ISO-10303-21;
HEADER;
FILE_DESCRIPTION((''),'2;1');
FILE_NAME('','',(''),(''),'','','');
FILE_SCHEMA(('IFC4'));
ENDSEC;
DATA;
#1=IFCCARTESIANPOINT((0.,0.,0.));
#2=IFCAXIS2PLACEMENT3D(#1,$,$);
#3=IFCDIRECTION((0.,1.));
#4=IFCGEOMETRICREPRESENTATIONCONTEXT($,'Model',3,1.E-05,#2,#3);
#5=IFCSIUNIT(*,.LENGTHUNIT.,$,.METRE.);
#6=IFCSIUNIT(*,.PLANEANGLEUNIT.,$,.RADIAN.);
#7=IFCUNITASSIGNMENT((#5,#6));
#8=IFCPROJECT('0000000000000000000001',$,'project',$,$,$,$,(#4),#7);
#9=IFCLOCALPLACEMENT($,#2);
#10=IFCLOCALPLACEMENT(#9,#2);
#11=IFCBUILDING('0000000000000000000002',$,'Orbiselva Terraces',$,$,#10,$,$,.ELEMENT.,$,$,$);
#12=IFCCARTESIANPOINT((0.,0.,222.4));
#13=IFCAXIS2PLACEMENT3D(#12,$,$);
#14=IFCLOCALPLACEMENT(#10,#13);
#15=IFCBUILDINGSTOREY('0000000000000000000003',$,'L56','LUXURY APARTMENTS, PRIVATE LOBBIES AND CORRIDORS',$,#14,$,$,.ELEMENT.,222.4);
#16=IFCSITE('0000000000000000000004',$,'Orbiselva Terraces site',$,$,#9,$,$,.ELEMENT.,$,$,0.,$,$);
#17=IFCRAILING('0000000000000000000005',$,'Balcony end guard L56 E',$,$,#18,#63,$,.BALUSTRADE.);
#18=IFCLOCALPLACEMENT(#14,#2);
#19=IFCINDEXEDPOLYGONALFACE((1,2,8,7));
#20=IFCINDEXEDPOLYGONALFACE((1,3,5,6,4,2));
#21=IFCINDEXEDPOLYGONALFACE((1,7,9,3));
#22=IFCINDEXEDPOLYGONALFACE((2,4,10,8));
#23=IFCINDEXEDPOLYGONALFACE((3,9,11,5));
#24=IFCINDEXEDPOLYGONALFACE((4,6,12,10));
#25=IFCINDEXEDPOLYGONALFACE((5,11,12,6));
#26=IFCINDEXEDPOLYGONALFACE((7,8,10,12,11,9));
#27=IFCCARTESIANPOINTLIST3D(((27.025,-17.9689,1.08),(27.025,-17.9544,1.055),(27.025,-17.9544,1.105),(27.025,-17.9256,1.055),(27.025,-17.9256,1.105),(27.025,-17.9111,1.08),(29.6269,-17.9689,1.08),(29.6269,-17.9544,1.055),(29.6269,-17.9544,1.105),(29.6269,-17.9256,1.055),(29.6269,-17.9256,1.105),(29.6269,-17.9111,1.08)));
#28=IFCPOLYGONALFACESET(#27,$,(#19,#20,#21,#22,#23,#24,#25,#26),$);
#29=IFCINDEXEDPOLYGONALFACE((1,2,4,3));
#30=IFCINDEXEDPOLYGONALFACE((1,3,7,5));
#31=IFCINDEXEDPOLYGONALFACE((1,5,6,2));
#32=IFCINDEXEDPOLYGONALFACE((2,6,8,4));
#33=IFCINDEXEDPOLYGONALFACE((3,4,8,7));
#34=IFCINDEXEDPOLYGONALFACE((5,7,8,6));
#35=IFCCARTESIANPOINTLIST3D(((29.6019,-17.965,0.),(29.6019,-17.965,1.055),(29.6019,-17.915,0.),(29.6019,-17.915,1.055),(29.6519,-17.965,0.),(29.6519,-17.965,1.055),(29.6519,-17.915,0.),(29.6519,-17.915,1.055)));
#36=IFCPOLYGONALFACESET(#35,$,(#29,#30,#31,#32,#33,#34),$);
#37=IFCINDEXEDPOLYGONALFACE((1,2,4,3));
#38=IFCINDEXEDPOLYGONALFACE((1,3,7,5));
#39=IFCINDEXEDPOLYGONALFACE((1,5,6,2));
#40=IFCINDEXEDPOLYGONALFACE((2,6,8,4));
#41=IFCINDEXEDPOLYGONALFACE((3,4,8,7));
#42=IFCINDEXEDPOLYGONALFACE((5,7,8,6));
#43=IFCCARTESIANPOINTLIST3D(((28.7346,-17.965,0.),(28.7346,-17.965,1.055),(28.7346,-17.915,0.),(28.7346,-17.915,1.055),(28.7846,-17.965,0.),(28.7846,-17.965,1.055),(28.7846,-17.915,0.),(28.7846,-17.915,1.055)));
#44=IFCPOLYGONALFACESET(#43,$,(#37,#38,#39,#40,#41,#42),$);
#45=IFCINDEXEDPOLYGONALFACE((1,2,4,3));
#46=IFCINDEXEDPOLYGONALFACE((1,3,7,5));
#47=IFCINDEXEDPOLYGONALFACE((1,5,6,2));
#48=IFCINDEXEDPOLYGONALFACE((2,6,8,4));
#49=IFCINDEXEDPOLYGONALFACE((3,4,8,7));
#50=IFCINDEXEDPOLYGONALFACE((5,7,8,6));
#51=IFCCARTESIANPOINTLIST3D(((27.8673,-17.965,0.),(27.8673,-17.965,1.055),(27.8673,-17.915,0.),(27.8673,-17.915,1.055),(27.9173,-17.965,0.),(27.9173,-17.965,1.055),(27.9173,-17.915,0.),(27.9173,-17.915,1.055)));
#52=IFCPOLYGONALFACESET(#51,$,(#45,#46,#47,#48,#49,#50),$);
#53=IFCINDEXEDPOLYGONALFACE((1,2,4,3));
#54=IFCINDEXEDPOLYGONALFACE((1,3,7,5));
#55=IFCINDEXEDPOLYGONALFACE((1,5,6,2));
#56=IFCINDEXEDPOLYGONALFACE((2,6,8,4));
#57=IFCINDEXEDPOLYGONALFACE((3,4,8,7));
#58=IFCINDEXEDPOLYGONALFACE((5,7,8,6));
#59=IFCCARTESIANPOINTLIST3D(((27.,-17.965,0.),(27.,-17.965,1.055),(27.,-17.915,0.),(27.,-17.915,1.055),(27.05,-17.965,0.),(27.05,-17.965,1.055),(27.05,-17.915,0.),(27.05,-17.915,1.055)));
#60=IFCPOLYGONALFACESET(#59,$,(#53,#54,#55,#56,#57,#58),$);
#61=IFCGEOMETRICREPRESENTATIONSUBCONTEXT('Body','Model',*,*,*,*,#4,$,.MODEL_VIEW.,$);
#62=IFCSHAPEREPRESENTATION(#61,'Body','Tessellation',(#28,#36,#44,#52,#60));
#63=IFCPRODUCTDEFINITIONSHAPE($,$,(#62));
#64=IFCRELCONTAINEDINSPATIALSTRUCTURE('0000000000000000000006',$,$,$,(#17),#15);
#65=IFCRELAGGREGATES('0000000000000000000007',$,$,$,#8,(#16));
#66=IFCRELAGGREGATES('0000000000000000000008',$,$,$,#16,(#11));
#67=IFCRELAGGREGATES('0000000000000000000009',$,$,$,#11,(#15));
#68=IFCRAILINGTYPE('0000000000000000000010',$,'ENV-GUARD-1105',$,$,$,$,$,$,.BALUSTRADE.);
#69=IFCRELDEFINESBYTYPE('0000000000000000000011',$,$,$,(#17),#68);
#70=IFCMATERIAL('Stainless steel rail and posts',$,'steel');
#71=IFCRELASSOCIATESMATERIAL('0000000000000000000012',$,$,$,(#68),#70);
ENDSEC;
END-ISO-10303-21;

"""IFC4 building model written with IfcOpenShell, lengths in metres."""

from ifc_helpers import new_model, si_unit, direction, frame, origin, origin_2d, place, context, subcontext, project, spatial, polyline, rectangle, outline, extrude, material, type_object, element, save


model = new_model("IFC4")

# Units and contexts
model_context = context("Model", 3, precision=1e-05, world=origin(), true_north=direction((0.0, 1.0)))
body_context = subcontext(model_context, "Body", "Model", "MODEL_VIEW")
ifc_project = project(units=[si_unit("LENGTHUNIT", "METRE"), si_unit("PLANEANGLEUNIT", "RADIAN")], contexts=[model_context])

# Site, building, storey
site_placement = place(None, origin())
site = spatial("IfcSite", under=ifc_project, at=site_placement, Name="Orbiselva Terraces site", CompositionType="ELEMENT", RefElevation=0.0)
building_placement = place(site_placement, origin())
building = spatial("IfcBuilding", under=site, at=building_placement, Name="Orbiselva Terraces", CompositionType="ELEMENT")
storey_placement = place(building_placement, frame((0.0, 0.0, 222.4)))
storey = spatial("IfcBuildingStorey", under=building, at=storey_placement, Name="L56", Description="LUXURY APARTMENTS, PRIVATE LOBBIES AND CORRIDORS", CompositionType="ELEMENT", Elevation=222.4)

# Railing
ifc_material_1 = material(Name="Stainless steel rail and posts", Category="steel")
railing_type_1 = type_object("IfcRailingType", Name="ENV-GUARD-1105", PredefinedType="BALUSTRADE", material=ifc_material_1)
railing_1_placement = place(storey_placement, frame((29.6269, -17.94, 0.0)))
element("IfcRailing", 1, at=railing_1_placement, inside=storey, type_object=railing_type_1, Name="Balcony end guard L56 E", PredefinedType="BALUSTRADE", context=body_context, shape_type="SweptSolid", body=[
    extrude(outline(polyline([(0.0289, 0.0), (0.0144, 0.025), (-0.0144, 0.025), (-0.0289, 0.0), (-0.0144, -0.025), (0.0144, -0.025), (0.0289, 0.0)])), frame((0.0, 0.0, 1.08), z_axis=(-1.0, 0.0, 0.0), x_axis=(0.0, -1.0, 0.0)), (0.0, 0.0, 1.0), 2.6019),
    extrude(rectangle(XDim=0.05, YDim=0.05, at=origin_2d()), origin(), (0.0, 0.0, 1.0), 1.055),
    extrude(rectangle(XDim=0.05, YDim=0.05, at=origin_2d()), frame((-0.8673, 0.0, 0.0)), (0.0, 0.0, 1.0), 1.055),
    extrude(rectangle(XDim=0.05, YDim=0.05, at=origin_2d()), frame((-1.7346, 0.0, 0.0)), (0.0, 0.0, 1.0), 1.055),
    extrude(rectangle(XDim=0.05, YDim=0.05, at=origin_2d()), frame((-2.6019, 0.0, 0.0)), (0.0, 0.0, 1.0), 1.055),
])

save(model, "model.ifc")
